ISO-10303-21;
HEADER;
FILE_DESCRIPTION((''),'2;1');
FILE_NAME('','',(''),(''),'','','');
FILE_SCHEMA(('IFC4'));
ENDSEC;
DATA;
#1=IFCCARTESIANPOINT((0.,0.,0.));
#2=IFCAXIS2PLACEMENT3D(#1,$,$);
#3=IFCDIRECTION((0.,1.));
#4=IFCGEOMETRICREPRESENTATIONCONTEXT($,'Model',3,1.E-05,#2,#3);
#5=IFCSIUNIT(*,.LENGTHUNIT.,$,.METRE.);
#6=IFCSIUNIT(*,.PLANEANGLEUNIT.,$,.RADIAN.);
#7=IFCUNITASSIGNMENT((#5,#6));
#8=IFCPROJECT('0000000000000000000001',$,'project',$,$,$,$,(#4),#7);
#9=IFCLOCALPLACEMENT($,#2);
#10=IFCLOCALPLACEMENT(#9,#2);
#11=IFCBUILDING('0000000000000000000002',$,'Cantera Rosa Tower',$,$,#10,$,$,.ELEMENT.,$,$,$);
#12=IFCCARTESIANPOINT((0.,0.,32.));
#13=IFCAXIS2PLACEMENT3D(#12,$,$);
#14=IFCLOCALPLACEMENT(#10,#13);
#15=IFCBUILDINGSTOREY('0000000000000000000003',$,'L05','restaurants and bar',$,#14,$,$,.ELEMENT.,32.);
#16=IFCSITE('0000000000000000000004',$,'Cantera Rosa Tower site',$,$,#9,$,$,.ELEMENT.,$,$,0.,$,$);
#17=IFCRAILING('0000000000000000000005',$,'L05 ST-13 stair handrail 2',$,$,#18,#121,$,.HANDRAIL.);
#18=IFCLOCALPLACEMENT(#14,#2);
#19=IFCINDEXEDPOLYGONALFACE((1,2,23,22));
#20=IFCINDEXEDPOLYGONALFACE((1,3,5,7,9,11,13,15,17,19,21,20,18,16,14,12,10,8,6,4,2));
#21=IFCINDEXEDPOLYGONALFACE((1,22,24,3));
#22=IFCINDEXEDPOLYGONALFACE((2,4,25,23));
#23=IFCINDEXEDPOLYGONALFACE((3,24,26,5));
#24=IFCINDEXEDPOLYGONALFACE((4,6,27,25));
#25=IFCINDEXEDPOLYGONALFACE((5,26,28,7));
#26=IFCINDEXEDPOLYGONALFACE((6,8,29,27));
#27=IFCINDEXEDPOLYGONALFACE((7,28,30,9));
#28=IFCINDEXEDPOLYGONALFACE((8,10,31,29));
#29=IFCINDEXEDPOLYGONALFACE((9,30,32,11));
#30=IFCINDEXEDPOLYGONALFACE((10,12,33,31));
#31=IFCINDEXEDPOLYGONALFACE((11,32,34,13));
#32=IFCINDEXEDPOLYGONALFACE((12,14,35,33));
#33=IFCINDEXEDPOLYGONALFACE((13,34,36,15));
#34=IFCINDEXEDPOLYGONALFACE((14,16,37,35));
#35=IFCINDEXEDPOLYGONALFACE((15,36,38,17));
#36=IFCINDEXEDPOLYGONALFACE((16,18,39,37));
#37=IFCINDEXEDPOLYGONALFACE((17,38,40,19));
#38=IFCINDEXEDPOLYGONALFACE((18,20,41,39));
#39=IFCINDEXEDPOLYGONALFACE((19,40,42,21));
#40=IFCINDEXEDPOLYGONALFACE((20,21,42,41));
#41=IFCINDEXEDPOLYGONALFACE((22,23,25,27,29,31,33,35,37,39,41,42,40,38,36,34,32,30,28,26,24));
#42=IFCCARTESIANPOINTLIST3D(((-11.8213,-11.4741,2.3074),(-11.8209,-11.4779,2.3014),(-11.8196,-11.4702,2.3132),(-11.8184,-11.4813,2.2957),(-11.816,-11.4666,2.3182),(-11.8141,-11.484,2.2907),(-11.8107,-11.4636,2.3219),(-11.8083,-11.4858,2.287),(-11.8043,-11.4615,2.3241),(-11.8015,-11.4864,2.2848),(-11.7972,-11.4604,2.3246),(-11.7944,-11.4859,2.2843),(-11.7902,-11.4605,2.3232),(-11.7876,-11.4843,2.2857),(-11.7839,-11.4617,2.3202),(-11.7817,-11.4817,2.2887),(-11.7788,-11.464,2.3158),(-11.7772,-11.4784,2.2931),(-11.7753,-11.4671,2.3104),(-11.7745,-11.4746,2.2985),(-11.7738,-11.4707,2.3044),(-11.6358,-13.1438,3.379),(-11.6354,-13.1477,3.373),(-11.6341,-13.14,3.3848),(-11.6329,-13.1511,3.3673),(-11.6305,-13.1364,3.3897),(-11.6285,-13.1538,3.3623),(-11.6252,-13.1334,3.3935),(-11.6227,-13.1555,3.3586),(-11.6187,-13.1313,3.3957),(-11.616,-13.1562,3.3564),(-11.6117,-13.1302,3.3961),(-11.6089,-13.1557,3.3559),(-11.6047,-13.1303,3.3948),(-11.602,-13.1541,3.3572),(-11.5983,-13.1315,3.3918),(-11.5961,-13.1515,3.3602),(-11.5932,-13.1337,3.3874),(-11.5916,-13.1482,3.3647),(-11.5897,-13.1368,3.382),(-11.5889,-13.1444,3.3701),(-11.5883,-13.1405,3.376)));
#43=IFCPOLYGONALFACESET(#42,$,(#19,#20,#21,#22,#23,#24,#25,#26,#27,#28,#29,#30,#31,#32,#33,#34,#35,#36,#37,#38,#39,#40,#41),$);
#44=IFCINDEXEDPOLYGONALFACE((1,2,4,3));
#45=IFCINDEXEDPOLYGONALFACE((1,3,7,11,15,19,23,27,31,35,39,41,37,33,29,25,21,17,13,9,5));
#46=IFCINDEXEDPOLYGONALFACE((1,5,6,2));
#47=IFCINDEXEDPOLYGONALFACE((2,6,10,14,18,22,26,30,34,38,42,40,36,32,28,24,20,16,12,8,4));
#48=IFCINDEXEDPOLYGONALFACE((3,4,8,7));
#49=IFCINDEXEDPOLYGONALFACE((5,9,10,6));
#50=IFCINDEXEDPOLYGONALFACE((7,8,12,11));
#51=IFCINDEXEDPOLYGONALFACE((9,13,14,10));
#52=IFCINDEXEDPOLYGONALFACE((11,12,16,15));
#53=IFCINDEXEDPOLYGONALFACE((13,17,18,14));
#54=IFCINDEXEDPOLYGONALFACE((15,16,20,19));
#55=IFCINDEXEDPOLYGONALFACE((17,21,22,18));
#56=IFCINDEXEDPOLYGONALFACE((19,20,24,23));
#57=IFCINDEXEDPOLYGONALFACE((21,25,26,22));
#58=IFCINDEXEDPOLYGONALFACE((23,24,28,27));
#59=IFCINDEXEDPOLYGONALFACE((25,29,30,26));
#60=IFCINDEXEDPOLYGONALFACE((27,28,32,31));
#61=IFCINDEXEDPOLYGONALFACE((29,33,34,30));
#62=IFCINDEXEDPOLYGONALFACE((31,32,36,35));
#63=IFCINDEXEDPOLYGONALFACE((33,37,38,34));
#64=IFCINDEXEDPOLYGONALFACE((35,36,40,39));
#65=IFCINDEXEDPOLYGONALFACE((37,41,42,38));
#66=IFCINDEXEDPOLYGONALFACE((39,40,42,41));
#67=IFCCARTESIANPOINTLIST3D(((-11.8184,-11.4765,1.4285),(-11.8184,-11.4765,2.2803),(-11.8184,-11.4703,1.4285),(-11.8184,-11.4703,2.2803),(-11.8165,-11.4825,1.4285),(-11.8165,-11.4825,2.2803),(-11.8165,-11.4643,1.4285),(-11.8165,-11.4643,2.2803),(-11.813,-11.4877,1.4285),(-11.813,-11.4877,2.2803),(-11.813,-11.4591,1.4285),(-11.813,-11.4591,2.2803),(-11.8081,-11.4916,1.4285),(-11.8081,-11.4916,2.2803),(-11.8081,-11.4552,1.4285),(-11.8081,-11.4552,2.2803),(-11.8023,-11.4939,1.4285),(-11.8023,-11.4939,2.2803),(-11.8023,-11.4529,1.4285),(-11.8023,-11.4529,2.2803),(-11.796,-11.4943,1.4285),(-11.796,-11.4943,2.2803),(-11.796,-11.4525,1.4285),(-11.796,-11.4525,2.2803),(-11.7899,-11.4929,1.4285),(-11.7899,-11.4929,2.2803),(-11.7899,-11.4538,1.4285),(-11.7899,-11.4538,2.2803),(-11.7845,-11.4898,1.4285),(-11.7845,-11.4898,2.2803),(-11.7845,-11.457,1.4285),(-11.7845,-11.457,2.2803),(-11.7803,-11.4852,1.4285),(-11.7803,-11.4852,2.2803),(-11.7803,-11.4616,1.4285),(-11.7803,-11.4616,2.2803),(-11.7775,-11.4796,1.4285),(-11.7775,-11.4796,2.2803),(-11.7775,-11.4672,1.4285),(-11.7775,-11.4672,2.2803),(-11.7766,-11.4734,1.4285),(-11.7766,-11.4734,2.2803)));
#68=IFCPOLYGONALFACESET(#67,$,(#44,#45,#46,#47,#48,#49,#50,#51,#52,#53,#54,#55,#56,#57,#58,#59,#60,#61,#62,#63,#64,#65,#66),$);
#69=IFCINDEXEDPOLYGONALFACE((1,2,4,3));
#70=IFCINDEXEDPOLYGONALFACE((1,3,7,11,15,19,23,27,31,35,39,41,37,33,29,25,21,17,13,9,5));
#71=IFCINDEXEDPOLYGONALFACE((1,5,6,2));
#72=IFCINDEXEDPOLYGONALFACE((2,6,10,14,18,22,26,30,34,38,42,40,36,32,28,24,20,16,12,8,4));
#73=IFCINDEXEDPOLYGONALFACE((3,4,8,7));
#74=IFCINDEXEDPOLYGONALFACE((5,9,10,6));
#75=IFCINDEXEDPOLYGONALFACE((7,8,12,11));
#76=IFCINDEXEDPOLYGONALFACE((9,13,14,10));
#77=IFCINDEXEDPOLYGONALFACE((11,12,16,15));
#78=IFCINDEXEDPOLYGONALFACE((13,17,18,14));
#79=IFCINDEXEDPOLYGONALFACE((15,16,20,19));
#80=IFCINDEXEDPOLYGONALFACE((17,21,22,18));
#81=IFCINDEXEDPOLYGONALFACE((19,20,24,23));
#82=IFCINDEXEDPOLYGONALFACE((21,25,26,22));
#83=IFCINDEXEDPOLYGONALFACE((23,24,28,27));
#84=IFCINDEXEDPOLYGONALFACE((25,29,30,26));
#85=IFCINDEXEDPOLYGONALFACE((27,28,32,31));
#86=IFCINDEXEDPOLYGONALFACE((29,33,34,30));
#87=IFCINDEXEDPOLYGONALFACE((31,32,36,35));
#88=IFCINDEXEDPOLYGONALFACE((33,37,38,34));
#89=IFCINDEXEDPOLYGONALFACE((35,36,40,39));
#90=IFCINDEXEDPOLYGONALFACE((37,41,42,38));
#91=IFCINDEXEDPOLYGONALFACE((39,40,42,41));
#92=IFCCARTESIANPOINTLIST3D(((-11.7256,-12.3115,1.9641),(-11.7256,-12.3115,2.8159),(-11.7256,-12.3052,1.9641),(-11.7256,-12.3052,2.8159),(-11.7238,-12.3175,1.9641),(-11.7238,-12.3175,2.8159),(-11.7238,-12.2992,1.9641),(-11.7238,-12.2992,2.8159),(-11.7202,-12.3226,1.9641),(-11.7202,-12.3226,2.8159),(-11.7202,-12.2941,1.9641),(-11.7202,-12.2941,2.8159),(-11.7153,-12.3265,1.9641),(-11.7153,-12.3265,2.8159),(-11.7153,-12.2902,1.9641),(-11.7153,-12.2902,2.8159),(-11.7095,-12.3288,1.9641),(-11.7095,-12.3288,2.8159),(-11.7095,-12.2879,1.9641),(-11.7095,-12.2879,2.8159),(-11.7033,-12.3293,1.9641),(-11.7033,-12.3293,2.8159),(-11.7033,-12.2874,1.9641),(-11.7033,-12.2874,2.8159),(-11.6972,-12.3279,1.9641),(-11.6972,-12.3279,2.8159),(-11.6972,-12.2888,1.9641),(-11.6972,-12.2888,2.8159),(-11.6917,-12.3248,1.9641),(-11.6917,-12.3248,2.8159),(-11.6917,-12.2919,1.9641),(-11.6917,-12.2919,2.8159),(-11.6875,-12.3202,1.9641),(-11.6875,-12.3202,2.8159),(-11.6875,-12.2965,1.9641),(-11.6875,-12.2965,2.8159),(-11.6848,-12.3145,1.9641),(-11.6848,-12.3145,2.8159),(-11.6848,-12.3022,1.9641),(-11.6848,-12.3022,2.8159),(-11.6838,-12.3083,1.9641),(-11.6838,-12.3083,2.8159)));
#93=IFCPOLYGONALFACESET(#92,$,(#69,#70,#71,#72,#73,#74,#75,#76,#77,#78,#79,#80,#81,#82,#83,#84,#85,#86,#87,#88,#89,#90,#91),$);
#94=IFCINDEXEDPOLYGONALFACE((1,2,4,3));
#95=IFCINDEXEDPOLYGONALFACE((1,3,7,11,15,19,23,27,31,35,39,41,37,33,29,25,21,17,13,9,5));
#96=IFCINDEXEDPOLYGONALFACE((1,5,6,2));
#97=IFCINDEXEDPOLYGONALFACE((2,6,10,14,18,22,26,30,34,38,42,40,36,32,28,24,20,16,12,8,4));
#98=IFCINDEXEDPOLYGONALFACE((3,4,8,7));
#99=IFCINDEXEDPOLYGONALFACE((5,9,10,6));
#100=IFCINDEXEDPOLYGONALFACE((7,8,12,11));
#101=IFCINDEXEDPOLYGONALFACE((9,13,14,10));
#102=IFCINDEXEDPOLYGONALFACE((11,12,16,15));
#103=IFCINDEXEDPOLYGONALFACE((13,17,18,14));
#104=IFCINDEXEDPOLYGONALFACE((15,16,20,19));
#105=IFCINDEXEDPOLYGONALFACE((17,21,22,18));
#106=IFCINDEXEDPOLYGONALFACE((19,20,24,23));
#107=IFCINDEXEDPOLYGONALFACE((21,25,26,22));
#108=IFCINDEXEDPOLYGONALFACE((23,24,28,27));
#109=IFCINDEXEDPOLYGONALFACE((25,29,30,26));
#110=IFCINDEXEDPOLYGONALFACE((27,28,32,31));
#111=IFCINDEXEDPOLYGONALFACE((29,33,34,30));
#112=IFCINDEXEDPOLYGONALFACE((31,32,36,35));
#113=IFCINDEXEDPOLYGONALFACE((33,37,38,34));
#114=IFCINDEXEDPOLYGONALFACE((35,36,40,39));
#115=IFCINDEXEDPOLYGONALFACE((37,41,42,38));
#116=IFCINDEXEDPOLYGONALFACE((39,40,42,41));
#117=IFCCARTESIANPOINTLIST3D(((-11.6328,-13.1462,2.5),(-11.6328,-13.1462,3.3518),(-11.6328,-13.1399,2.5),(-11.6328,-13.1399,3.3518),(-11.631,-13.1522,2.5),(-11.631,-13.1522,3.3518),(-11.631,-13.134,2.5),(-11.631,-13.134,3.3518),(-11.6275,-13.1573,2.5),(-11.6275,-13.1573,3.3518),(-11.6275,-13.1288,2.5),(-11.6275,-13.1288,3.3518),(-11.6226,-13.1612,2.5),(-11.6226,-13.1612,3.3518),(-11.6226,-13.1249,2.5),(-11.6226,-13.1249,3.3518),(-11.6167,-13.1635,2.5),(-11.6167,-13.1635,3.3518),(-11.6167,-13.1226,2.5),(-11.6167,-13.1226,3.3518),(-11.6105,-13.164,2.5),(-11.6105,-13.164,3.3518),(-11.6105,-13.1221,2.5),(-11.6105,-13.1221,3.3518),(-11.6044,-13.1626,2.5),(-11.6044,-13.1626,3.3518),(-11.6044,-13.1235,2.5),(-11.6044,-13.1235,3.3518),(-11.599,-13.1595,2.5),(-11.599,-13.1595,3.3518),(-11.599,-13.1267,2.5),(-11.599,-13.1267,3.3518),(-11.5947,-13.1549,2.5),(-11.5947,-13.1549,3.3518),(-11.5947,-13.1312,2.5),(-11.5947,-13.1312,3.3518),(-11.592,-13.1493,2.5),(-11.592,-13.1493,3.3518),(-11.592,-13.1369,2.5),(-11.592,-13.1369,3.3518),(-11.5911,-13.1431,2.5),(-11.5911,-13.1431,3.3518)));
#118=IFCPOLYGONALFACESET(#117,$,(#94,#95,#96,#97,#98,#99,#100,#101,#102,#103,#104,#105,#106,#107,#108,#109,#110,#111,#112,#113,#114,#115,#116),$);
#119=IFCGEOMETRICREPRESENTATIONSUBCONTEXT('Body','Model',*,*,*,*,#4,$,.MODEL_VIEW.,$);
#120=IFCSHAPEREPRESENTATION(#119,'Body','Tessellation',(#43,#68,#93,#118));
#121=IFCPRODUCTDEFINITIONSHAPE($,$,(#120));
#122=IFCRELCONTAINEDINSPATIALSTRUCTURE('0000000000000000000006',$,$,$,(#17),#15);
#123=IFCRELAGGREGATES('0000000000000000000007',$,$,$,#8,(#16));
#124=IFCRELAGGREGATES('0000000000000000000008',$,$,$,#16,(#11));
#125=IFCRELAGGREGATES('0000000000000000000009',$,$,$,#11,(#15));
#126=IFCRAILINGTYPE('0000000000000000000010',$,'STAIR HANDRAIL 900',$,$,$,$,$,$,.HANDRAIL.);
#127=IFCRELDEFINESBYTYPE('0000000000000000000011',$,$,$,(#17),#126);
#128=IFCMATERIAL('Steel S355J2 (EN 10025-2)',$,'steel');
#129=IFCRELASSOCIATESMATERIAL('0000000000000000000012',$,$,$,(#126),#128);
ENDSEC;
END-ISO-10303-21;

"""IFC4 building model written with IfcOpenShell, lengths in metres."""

from ifc_helpers import new_model, si_unit, direction, frame, origin, origin_2d, place, context, subcontext, project, spatial, circle, extrude, material, type_object, element, save


model = new_model("IFC4")

# Units and contexts
model_context = context("Model", 3, precision=1e-05, world=origin(), true_north=direction((0.0, 1.0)))
body_context = subcontext(model_context, "Body", "Model", "MODEL_VIEW")
ifc_project = project(units=[si_unit("LENGTHUNIT", "METRE"), si_unit("PLANEANGLEUNIT", "RADIAN")], contexts=[model_context])

# Site, building, storey
site_placement = place(None, origin())
site = spatial("IfcSite", under=ifc_project, at=site_placement, Name="Cantera Rosa Tower site", CompositionType="ELEMENT", RefElevation=0.0)
building_placement = place(site_placement, origin())
building = spatial("IfcBuilding", under=site, at=building_placement, Name="Cantera Rosa Tower", CompositionType="ELEMENT")
storey_placement = place(building_placement, frame((0.0, 0.0, 32.0)))
storey = spatial("IfcBuildingStorey", under=building, at=storey_placement, Name="L05", Description="restaurants and bar", CompositionType="ELEMENT", Elevation=32.0)

# Railing
ifc_material_1 = material(Name="Steel S355J2 (EN 10025-2)", Category="steel")
railing_type_1 = type_object("IfcRailingType", Name="STAIR HANDRAIL 900", PredefinedType="HANDRAIL", material=ifc_material_1)
railing_1_placement = place(storey_placement, frame((-11.7976, -11.4734, 1.4285)))
element("IfcRailing", 1, at=railing_1_placement, inside=storey, type_object=railing_type_1, Name="L05 ST-13 stair handrail 2", PredefinedType="HANDRAIL", context=body_context, shape_type="SweptSolid", body=[
    extrude(circle(Radius=0.0239, at=origin_2d()), frame((0.0, 0.0, 0.876), z_axis=(0.093118, -0.837941, 0.537758), x_axis=(0.993882, 0.110447, 0.0)), (0.0, 0.0, 1.0), 1.9927),
    extrude(circle(Radius=0.021, at=origin_2d()), origin(), (0.0, 0.0, 1.0), 0.8518),
    extrude(circle(Radius=0.021, at=origin_2d()), frame((0.0928, -0.835, 0.5356)), (0.0, 0.0, 1.0), 0.8518),
    extrude(circle(Radius=0.021, at=origin_2d()), frame((0.1855, -1.6697, 1.0715)), (0.0, 0.0, 1.0), 0.8518),
])

save(model, "model.ifc")
